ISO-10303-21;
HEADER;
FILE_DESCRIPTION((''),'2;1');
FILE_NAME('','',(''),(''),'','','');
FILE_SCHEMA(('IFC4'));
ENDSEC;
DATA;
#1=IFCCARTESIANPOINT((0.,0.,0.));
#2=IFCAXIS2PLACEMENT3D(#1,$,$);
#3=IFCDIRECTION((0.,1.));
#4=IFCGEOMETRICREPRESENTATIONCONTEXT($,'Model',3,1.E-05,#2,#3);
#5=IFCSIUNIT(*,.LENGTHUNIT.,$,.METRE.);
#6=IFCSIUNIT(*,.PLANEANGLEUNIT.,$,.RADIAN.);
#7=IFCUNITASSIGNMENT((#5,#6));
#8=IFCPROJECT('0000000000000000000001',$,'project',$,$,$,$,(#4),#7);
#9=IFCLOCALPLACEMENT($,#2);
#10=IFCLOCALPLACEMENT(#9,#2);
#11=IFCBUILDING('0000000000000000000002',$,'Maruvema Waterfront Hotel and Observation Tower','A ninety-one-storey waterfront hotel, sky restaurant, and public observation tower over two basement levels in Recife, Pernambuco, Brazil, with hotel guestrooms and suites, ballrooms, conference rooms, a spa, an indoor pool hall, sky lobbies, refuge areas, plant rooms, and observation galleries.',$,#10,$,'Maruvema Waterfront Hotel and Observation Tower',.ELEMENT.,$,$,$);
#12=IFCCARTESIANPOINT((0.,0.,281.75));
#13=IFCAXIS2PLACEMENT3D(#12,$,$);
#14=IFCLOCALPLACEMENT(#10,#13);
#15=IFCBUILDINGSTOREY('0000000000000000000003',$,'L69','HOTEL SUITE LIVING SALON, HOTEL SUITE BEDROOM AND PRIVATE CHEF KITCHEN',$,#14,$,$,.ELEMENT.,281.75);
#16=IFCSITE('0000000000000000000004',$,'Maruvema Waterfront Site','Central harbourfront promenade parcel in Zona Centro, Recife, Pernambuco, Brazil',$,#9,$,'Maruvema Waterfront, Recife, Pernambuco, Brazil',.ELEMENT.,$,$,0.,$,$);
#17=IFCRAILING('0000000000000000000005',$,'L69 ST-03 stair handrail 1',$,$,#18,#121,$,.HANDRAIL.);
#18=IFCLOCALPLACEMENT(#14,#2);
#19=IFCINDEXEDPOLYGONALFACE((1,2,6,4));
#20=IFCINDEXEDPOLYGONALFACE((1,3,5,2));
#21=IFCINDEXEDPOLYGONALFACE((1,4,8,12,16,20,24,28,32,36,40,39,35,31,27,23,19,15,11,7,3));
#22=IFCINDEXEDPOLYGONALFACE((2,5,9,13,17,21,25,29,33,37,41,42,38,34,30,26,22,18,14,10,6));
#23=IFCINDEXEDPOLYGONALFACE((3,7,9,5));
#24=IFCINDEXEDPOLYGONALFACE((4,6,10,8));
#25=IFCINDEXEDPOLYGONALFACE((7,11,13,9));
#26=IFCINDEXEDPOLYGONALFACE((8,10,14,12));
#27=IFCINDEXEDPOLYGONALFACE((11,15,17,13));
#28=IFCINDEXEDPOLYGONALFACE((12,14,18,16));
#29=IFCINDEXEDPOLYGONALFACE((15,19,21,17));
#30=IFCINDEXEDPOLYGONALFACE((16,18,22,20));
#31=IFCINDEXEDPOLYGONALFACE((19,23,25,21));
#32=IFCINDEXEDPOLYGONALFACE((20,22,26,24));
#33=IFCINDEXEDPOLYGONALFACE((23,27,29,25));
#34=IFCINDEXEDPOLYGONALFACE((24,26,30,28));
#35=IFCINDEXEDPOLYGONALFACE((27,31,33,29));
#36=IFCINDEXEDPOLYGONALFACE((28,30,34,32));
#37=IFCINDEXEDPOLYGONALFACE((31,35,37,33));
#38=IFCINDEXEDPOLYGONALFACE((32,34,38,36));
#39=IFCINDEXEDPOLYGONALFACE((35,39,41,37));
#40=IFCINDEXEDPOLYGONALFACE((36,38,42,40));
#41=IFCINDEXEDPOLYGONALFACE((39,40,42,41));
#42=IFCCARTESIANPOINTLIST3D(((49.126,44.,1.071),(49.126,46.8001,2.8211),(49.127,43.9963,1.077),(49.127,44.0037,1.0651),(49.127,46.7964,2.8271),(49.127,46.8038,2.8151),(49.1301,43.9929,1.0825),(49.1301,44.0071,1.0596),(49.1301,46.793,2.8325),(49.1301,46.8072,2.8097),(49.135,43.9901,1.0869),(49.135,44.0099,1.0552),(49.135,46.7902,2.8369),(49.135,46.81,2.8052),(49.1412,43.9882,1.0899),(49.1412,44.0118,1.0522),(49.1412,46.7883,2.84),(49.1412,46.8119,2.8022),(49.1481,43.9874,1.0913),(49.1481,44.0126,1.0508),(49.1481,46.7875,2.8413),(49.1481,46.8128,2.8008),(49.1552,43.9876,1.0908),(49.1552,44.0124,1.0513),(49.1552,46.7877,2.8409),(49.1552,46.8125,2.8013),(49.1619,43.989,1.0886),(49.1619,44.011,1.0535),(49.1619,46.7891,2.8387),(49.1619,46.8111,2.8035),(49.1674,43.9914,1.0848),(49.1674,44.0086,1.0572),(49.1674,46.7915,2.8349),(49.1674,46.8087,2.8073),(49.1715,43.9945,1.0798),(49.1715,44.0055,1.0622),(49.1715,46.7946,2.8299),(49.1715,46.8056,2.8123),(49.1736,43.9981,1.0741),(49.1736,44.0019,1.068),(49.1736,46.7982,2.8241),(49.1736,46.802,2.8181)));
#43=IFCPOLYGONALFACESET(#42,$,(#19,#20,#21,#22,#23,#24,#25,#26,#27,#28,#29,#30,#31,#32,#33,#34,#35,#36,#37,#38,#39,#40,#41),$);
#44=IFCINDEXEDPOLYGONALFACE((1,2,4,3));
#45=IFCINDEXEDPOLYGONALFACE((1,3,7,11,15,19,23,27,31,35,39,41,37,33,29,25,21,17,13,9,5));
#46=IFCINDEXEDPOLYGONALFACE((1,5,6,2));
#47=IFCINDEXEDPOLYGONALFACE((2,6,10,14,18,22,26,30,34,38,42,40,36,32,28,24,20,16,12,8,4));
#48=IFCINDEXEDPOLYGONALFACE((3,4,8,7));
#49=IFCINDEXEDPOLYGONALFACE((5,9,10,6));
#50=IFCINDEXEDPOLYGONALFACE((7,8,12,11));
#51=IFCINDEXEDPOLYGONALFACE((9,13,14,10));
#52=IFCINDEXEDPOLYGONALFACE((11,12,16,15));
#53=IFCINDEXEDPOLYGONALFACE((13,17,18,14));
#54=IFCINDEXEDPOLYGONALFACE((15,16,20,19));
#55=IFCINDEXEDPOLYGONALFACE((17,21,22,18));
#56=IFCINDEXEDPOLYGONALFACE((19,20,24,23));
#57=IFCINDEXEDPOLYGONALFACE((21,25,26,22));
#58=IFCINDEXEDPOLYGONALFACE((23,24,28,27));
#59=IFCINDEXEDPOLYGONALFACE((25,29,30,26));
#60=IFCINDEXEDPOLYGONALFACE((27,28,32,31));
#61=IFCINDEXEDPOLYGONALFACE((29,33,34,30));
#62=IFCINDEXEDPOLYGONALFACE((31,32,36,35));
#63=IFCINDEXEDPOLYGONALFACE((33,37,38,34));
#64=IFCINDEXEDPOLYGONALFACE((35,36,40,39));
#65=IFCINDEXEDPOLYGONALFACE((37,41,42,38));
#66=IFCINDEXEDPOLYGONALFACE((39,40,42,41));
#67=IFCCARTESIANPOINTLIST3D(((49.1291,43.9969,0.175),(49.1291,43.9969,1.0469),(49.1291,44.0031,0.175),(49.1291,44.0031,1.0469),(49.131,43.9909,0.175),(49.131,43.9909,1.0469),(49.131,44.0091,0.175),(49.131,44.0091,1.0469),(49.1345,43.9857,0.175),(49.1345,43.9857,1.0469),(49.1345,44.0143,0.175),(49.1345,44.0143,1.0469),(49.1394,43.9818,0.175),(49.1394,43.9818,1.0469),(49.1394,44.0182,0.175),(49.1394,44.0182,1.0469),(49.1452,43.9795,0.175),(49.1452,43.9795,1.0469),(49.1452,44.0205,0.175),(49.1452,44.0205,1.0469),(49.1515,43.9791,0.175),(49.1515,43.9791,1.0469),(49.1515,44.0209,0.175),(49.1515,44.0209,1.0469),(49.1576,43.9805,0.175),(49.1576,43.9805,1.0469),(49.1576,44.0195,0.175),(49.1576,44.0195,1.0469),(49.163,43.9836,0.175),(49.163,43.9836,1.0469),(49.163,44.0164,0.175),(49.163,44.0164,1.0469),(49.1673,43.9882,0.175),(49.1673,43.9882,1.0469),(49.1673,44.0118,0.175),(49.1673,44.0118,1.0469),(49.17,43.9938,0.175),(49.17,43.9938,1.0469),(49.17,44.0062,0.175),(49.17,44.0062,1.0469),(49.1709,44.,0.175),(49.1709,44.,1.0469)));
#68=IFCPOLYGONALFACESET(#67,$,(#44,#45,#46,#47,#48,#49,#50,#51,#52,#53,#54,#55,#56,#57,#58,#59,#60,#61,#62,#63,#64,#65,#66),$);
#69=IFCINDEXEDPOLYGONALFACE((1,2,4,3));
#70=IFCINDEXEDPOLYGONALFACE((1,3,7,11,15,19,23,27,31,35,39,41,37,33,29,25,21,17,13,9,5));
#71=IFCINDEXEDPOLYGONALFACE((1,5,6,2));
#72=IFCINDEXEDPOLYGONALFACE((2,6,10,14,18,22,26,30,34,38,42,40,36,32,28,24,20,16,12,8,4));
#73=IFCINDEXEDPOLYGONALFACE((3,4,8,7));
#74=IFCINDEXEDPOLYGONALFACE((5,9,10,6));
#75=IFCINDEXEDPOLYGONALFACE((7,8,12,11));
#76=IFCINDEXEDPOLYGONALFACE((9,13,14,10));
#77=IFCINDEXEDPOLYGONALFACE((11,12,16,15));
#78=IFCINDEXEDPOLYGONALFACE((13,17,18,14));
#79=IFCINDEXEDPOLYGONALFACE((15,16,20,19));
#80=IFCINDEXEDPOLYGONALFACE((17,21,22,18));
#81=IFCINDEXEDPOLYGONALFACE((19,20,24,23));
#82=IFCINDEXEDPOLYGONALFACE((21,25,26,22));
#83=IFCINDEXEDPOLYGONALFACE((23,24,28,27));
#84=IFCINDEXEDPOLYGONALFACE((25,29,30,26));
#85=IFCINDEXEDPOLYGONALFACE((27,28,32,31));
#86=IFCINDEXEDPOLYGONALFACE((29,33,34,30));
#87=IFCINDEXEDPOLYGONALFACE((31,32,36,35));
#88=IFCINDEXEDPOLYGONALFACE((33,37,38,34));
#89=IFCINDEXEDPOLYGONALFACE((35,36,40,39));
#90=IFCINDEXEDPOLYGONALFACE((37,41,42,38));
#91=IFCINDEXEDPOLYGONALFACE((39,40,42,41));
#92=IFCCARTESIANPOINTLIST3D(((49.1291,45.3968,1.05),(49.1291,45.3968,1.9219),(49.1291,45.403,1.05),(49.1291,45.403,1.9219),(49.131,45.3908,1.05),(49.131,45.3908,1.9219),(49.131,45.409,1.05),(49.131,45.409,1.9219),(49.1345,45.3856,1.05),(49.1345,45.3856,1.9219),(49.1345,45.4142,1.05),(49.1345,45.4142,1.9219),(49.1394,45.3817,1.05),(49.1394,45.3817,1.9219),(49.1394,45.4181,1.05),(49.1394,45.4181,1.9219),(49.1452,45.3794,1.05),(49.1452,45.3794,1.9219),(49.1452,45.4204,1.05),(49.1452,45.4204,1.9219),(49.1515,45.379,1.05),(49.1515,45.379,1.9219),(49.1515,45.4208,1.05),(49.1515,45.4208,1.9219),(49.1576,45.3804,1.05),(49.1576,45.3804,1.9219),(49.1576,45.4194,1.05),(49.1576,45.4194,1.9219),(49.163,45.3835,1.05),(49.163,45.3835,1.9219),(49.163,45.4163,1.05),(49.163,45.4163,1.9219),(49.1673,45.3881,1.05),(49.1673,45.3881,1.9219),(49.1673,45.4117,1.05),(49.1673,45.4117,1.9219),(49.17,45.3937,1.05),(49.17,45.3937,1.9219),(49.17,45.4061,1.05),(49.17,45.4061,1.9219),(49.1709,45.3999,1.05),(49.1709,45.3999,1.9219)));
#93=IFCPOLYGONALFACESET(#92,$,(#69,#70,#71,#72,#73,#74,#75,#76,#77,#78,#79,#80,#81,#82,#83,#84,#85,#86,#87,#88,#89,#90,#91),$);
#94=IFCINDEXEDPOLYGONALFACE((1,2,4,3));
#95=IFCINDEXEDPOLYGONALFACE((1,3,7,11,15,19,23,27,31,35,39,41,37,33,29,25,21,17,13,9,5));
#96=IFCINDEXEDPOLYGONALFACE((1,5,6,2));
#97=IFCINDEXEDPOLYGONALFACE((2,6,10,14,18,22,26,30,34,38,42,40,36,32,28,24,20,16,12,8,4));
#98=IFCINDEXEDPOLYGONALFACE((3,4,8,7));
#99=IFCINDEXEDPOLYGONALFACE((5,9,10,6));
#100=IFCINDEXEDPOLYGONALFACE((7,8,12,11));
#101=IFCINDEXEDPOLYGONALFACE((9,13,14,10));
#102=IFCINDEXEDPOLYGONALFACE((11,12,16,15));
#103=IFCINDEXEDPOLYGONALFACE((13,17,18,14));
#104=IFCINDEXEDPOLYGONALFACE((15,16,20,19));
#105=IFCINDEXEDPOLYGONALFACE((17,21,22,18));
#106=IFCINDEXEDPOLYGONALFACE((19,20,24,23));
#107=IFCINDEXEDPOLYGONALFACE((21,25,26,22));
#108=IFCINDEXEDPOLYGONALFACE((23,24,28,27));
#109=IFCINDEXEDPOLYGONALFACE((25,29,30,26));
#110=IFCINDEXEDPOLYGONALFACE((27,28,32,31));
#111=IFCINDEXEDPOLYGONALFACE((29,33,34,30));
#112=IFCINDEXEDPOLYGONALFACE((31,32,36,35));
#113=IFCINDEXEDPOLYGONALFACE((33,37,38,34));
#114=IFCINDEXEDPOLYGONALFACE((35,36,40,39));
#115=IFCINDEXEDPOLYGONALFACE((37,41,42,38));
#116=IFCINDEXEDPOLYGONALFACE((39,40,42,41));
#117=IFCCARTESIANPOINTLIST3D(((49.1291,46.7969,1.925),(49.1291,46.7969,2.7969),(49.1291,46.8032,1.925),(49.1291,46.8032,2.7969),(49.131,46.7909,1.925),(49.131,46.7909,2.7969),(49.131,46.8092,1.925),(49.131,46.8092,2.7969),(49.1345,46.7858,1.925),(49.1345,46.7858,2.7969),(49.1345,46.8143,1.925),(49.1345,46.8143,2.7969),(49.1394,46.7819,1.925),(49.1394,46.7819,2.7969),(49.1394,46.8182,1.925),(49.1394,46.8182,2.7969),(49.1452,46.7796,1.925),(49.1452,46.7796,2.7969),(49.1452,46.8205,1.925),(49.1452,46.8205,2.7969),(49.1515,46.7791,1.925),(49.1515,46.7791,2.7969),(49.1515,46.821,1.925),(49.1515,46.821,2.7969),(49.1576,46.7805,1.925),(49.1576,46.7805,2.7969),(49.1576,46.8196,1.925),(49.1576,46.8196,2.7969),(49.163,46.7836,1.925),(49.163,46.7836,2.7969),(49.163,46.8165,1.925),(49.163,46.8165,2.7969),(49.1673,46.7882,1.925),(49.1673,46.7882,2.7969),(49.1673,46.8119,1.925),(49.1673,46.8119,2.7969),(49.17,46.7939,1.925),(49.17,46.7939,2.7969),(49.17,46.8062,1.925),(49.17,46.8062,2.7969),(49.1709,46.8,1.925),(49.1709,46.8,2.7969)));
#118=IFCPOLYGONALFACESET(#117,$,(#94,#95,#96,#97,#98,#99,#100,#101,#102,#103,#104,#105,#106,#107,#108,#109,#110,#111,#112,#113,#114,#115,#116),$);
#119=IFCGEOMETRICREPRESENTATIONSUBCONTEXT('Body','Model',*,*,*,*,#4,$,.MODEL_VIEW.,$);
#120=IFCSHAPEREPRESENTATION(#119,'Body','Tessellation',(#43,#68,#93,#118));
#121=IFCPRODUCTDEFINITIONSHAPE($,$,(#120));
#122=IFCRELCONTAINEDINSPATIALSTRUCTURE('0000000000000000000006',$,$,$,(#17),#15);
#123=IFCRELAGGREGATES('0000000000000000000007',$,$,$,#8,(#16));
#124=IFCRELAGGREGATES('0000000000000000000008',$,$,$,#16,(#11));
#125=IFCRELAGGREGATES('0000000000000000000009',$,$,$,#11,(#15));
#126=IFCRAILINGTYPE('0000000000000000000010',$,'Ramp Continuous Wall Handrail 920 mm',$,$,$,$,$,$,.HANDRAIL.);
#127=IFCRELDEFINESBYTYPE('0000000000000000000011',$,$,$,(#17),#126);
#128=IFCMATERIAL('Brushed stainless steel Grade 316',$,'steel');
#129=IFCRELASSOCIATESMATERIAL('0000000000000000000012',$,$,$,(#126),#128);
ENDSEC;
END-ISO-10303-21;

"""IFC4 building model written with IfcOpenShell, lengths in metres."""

from ifc_helpers import new_model, si_unit, direction, frame, origin, origin_2d, place, context, subcontext, project, spatial, circle, extrude, material, type_object, element, save


model = new_model("IFC4")

# Units and contexts
model_context = context("Model", 3, precision=1e-05, world=origin(), true_north=direction((0.0, 1.0)))
body_context = subcontext(model_context, "Body", "Model", "MODEL_VIEW")
ifc_project = project(units=[si_unit("LENGTHUNIT", "METRE"), si_unit("PLANEANGLEUNIT", "RADIAN")], contexts=[model_context])

# Site, building, storey
site_placement = place(None, origin())
site = spatial("IfcSite", under=ifc_project, at=site_placement, Name="Maruvema Waterfront Site", Description="Central harbourfront promenade parcel in Zona Centro, Recife, Pernambuco, Brazil", LongName="Maruvema Waterfront, Recife, Pernambuco, Brazil", CompositionType="ELEMENT", RefElevation=0.0)
building_placement = place(site_placement, origin())
building = spatial("IfcBuilding", under=site, at=building_placement, Name="Maruvema Waterfront Hotel and Observation Tower", Description="A ninety-one-storey waterfront hotel, sky restaurant, and public observation tower over two basement levels in Recife, Pernambuco, Brazil, with hotel guestrooms and suites, ballrooms, conference rooms, a spa, an indoor pool hall, sky lobbies, refuge areas, plant rooms, and observation galleries.", LongName="Maruvema Waterfront Hotel and Observation Tower", CompositionType="ELEMENT")
storey_placement = place(building_placement, frame((0.0, 0.0, 281.75)))
storey = spatial("IfcBuildingStorey", under=building, at=storey_placement, Name="L69", Description="HOTEL SUITE LIVING SALON, HOTEL SUITE BEDROOM AND PRIVATE CHEF KITCHEN", CompositionType="ELEMENT", Elevation=281.75)

# Railing
ifc_material_1 = material(Name="Brushed stainless steel Grade 316", Category="steel")
railing_type_1 = type_object("IfcRailingType", Name="Ramp Continuous Wall Handrail 920 mm", PredefinedType="HANDRAIL", material=ifc_material_1)
railing_1_placement = place(storey_placement, frame((49.1499, 44.0, 0.175)))
element("IfcRailing", 1, at=railing_1_placement, inside=storey, type_object=railing_type_1, Name="L69 ST-03 stair handrail 1", PredefinedType="HANDRAIL", context=body_context, shape_type="SweptSolid", body=[
    extrude(circle(Radius=0.0239, at=origin_2d()), frame((0.0, 0.0, 0.896), z_axis=(0.0, 0.848002, 0.529992), x_axis=(-1.0, 0.0, 0.0)), (0.0, 0.0, 1.0), 3.302),
    extrude(circle(Radius=0.021, at=origin_2d()), origin(), (0.0, 0.0, 1.0), 0.8718),
    extrude(circle(Radius=0.021, at=origin_2d()), frame((0.0, 1.3999, 0.875)), (0.0, 0.0, 1.0), 0.8718),
    extrude(circle(Radius=0.021, at=origin_2d()), frame((0.0, 2.8, 1.75)), (0.0, 0.0, 1.0), 0.8718),
])

save(model, "model.ifc")
